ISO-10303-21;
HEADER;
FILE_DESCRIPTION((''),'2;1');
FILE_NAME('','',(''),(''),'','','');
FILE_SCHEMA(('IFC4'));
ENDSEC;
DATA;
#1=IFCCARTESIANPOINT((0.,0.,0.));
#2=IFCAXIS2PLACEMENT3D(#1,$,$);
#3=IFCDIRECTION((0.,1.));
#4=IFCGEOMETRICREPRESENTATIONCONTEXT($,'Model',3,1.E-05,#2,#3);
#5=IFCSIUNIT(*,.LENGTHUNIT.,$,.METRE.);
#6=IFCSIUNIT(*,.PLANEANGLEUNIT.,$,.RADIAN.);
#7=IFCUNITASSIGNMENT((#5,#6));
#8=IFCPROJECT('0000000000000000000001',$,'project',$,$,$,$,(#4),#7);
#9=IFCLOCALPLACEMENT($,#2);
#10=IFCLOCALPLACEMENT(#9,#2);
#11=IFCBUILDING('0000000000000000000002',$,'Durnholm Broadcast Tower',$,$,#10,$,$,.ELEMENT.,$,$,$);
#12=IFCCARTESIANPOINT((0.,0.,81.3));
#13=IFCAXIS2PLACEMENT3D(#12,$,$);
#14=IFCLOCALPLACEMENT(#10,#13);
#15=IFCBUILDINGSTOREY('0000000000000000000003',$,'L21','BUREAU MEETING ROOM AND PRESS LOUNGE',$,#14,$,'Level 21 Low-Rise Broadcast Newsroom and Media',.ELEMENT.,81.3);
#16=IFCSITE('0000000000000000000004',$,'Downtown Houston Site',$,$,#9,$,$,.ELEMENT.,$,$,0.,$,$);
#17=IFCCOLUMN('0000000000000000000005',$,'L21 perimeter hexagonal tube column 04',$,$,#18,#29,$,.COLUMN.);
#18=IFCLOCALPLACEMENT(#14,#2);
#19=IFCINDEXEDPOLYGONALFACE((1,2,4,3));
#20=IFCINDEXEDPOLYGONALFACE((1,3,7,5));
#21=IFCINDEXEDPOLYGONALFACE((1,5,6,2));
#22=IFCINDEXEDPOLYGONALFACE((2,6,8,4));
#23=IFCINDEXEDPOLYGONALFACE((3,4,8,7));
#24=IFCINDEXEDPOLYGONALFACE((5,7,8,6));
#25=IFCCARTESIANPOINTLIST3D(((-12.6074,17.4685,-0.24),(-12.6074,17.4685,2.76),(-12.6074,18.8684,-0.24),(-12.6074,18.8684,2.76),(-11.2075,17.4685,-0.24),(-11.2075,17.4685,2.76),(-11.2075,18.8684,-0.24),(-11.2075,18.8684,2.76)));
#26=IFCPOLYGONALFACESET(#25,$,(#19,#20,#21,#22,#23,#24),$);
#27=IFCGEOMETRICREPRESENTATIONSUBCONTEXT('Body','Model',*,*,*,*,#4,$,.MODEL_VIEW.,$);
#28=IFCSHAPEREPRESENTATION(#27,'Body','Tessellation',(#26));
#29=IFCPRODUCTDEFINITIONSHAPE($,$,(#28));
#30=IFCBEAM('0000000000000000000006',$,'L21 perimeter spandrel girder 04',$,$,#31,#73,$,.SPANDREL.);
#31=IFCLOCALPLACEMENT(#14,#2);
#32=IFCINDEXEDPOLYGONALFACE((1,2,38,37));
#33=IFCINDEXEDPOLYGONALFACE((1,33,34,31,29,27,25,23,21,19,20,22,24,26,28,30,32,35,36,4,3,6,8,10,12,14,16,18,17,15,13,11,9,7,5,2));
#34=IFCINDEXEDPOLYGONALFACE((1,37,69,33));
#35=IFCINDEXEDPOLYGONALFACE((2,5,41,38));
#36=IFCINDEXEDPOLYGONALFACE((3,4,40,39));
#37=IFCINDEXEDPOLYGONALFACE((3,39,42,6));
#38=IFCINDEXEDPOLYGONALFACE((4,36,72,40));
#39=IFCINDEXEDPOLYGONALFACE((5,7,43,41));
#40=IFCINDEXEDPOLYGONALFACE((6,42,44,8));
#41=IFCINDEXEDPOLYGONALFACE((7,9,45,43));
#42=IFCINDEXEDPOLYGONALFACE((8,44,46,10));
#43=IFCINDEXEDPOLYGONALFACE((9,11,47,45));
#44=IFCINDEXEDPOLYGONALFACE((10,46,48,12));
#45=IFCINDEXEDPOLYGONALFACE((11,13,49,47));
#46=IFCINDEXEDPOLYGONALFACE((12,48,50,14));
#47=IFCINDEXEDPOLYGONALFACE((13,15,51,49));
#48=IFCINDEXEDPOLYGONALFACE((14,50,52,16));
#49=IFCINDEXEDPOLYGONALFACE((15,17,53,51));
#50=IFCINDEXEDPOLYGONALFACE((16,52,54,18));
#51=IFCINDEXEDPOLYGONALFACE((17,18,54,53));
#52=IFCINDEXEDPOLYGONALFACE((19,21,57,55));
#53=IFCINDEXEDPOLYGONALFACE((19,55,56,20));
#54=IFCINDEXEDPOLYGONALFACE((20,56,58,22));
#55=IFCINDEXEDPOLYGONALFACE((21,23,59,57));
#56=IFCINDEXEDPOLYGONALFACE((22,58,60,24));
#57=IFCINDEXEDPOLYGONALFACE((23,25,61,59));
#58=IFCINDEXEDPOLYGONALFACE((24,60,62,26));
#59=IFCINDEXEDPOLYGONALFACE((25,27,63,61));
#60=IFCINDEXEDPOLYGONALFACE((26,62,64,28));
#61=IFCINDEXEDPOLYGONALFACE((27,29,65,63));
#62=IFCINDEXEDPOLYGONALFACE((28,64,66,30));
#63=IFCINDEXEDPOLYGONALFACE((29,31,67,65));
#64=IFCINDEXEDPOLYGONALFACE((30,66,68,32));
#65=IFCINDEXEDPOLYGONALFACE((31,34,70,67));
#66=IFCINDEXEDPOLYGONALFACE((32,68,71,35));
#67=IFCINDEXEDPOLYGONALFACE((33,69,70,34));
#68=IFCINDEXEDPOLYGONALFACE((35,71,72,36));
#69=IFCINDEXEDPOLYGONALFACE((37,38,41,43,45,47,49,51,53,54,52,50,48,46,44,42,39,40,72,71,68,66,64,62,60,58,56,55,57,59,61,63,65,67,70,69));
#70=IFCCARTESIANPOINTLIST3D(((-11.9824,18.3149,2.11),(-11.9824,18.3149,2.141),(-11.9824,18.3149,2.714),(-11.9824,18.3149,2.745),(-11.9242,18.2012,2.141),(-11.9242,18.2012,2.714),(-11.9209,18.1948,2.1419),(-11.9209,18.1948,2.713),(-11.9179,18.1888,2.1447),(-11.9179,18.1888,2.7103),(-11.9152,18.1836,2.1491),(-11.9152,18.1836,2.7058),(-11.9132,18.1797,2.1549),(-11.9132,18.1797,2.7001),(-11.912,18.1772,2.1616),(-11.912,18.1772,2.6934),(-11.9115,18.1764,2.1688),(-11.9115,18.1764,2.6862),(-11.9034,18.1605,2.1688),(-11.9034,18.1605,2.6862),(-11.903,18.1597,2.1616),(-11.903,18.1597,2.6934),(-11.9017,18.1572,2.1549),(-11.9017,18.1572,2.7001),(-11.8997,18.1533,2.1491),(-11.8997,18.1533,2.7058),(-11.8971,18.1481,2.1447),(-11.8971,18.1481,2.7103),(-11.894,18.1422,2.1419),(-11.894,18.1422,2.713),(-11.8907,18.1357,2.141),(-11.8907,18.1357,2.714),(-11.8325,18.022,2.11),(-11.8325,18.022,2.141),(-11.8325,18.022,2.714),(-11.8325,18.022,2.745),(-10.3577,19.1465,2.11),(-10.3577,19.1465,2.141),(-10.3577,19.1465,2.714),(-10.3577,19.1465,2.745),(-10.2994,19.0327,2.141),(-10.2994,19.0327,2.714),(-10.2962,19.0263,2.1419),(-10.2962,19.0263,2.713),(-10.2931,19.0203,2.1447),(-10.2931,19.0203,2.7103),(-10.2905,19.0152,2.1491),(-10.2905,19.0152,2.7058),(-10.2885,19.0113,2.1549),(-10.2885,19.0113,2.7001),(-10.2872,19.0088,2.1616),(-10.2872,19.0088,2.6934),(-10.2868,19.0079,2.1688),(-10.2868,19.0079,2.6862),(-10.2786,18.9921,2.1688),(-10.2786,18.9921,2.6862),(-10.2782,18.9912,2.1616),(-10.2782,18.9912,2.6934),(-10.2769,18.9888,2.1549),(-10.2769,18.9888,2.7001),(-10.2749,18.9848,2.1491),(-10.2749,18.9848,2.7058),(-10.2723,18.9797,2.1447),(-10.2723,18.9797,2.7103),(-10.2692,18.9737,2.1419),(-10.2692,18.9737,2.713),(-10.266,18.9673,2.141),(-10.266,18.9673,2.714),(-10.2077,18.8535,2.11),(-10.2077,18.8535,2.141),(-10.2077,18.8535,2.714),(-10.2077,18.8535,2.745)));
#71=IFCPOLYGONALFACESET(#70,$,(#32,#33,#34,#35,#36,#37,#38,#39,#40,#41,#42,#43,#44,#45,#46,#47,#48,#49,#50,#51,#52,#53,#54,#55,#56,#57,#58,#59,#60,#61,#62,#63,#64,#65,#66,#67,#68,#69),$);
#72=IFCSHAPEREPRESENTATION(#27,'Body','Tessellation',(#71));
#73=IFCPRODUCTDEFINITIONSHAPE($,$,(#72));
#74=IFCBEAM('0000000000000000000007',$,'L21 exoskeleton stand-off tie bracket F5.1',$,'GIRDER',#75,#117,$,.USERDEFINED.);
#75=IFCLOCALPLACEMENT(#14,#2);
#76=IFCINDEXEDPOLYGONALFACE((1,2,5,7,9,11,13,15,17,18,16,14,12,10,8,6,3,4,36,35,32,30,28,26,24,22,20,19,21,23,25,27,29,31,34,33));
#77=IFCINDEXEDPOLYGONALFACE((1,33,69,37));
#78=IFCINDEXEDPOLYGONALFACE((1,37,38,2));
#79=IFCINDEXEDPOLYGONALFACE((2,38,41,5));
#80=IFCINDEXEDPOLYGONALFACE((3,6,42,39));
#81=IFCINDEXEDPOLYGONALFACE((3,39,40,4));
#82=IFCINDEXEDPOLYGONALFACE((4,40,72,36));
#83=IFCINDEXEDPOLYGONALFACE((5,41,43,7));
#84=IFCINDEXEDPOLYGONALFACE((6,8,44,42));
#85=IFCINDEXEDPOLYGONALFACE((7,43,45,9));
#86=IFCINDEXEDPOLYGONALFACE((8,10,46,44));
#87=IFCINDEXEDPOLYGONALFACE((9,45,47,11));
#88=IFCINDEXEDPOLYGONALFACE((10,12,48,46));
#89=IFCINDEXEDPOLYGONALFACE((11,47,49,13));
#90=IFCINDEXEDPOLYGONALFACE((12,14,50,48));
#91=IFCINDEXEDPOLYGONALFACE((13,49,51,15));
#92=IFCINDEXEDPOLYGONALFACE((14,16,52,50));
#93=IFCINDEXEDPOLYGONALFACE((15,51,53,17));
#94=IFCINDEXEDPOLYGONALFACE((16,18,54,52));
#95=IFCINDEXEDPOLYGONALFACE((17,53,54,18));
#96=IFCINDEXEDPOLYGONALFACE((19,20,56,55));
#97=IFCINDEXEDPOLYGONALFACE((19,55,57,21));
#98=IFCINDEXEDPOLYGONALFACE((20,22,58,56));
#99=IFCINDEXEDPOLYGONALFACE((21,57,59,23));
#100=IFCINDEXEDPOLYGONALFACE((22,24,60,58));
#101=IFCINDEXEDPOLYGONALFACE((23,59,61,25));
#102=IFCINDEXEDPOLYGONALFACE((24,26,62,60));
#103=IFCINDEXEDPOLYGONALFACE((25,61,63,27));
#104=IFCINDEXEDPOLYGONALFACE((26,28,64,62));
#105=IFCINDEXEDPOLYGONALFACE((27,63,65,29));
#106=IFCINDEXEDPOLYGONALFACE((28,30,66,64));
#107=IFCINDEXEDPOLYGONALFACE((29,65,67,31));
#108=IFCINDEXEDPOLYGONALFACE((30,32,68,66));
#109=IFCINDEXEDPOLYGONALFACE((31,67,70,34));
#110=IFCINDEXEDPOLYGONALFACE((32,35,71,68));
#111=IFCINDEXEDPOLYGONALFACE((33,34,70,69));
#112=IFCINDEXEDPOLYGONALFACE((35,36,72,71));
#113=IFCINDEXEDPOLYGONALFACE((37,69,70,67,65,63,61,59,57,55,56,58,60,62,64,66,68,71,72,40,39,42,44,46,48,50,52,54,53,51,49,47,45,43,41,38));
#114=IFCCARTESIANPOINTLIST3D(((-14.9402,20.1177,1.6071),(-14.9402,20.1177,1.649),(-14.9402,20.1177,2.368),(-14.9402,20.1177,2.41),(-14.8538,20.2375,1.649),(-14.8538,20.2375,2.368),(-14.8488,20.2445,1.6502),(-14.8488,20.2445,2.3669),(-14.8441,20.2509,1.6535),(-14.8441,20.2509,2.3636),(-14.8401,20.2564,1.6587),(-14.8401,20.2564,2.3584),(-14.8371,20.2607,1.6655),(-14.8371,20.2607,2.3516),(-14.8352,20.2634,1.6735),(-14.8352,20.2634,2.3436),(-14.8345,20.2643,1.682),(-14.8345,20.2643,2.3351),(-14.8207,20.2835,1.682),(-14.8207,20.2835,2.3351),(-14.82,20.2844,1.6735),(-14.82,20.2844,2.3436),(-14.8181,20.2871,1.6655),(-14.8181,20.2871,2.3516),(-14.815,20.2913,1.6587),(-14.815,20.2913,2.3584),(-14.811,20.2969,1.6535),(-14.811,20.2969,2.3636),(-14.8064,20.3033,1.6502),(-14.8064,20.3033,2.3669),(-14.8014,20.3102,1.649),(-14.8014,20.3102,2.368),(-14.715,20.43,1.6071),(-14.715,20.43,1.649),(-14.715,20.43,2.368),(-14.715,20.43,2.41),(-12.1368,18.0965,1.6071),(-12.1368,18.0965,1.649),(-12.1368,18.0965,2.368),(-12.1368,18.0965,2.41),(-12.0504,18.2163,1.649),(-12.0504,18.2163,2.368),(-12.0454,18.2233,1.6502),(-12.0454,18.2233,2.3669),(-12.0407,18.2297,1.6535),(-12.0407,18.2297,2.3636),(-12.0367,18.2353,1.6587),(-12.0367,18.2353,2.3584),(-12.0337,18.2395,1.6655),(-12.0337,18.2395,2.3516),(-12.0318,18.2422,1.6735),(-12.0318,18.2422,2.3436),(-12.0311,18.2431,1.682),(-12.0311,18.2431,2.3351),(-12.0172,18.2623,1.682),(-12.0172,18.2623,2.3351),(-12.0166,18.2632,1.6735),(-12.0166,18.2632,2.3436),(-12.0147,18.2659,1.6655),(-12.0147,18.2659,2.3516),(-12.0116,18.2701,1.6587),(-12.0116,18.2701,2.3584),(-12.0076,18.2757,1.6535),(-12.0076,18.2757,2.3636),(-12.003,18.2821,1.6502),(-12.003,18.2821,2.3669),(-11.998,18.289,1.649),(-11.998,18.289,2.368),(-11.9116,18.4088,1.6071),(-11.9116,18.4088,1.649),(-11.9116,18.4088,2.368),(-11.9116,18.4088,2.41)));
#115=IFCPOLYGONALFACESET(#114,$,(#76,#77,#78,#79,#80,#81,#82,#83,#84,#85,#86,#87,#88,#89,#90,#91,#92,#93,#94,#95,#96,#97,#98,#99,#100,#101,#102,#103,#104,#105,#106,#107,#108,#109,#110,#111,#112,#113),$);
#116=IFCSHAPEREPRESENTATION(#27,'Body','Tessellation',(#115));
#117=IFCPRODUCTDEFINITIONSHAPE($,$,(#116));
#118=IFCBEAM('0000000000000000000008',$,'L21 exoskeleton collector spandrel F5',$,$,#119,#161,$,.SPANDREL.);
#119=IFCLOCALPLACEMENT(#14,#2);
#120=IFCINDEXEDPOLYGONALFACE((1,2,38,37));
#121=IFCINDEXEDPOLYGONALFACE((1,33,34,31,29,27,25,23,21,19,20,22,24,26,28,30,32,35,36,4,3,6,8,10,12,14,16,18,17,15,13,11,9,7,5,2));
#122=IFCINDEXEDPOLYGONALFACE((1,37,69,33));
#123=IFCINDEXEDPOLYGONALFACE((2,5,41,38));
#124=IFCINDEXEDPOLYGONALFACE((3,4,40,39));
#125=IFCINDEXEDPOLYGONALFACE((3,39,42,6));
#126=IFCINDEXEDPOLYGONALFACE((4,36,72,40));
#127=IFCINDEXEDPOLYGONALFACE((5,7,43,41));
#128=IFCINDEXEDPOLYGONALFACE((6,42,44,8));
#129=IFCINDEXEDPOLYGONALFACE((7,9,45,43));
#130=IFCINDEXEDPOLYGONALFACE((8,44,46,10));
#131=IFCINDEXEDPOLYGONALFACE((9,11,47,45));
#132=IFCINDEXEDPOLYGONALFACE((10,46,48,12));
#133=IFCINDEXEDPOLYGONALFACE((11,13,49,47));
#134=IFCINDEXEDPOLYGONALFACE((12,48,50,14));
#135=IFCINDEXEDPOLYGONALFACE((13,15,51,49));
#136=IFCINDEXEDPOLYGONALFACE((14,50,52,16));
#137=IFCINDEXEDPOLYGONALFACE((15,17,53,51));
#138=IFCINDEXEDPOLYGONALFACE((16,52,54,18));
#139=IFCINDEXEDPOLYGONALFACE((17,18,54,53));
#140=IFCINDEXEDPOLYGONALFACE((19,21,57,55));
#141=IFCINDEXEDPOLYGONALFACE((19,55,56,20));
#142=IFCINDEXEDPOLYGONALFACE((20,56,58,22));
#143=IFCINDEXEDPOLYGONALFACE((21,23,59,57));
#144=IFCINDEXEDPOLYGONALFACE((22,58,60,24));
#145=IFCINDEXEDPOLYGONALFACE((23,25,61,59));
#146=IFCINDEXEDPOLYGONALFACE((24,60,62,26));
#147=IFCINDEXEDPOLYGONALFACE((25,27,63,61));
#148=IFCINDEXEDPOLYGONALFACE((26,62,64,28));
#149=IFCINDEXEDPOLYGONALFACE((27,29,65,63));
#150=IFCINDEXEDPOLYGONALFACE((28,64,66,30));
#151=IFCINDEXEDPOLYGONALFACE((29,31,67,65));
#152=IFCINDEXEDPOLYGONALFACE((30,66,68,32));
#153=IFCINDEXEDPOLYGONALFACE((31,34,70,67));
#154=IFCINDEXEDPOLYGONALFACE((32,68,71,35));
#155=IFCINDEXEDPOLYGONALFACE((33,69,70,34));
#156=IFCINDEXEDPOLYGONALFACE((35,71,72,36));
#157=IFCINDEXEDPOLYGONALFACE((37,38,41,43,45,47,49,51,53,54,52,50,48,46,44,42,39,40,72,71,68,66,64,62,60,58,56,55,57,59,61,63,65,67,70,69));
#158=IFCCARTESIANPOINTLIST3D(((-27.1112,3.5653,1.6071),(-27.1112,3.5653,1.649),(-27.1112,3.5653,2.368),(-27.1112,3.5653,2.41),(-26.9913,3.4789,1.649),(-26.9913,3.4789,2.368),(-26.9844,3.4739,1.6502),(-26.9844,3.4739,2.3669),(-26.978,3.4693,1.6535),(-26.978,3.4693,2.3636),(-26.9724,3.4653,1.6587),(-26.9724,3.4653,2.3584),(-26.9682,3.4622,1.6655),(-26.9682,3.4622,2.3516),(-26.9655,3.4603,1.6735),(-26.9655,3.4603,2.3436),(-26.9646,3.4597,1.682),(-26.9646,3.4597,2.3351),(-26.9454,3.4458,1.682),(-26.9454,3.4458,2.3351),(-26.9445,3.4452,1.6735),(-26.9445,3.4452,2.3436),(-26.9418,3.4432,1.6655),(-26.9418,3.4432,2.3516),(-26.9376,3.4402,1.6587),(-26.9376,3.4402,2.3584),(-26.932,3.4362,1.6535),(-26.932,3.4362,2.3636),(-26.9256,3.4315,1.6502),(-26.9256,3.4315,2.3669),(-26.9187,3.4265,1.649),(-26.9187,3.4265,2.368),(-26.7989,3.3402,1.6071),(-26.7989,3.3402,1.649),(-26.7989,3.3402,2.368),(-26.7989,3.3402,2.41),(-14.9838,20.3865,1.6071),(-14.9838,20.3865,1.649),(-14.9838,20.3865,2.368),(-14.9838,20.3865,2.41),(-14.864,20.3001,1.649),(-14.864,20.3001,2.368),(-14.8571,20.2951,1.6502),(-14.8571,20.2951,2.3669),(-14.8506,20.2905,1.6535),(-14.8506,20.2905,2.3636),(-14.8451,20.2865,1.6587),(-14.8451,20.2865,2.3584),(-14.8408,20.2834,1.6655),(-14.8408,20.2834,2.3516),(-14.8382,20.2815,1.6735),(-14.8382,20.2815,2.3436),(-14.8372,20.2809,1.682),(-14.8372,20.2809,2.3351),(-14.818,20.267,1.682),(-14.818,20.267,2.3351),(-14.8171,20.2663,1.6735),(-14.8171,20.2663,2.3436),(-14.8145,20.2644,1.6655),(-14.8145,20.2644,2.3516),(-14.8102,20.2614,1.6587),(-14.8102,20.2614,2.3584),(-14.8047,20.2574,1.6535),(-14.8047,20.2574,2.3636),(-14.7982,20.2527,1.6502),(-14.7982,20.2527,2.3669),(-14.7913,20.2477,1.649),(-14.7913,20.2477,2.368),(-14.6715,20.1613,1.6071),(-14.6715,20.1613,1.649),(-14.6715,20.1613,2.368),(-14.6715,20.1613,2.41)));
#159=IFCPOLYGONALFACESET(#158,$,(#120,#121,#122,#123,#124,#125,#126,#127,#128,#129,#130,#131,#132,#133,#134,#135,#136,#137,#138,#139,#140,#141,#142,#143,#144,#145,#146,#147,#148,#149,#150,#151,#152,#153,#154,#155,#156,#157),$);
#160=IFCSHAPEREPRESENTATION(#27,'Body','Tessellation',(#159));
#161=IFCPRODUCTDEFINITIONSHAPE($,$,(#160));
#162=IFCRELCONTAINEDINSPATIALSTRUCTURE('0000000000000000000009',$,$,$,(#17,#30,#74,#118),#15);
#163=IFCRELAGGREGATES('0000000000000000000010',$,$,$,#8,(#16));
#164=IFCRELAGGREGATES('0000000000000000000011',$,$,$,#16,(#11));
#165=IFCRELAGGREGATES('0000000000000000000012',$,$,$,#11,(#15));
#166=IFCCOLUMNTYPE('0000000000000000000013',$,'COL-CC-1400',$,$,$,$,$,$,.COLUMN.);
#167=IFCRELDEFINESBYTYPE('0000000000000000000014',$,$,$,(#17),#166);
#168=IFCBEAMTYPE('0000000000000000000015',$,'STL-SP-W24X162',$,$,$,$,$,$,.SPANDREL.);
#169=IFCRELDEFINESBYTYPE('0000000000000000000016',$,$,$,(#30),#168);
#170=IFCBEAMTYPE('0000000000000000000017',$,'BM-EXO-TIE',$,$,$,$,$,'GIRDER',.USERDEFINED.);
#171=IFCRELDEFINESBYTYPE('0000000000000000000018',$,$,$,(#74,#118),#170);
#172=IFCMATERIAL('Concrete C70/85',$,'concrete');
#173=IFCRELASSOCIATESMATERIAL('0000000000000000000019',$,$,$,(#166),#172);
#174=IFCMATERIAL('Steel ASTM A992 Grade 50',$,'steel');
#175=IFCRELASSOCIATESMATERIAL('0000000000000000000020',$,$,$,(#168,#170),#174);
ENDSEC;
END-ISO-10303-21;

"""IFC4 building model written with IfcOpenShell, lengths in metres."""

from ifc_helpers import new_model, si_unit, direction, frame, origin, origin_2d, place, context, subcontext, project, spatial, rectangle, i_section, extrude, source, transform, mapped, material, material_profile, profile_set, type_object, type_shapes, element, save


model = new_model("IFC4")

# Units and contexts
model_context = context("Model", 3, precision=1e-05, world=origin(), true_north=direction((0.0, 1.0)))
body_context = subcontext(model_context, "Body", "Model", "MODEL_VIEW")
ifc_project = project(units=[si_unit("LENGTHUNIT", "METRE"), si_unit("PLANEANGLEUNIT", "RADIAN")], contexts=[model_context])

# Site, building, storey
site_placement = place(None, origin())
site = spatial("IfcSite", under=ifc_project, at=site_placement, Name="Downtown Houston Site", CompositionType="ELEMENT", RefElevation=0.0)
building_placement = place(site_placement, origin())
building = spatial("IfcBuilding", under=site, at=building_placement, Name="Durnholm Broadcast Tower", CompositionType="ELEMENT")
storey_placement = place(building_placement, frame((0.0, 0.0, 81.3)))
storey = spatial("IfcBuildingStorey", under=building, at=storey_placement, Name="L21", Description="BUREAU MEETING ROOM AND PRESS LOUNGE", LongName="Level 21 Low-Rise Broadcast Newsroom and Media", CompositionType="ELEMENT", Elevation=81.3)

# Column
ifc_material_1 = material(Name="Concrete C70/85", Category="concrete")
ifc_material_profile_1 = material_profile(ifc_material_1, rectangle(XDim=1.3999, YDim=1.3999, at=origin_2d()), Name="RC1400X1400")
ifc_profile_set_1 = profile_set([ifc_material_profile_1], Name="Concrete C70/85")
column_type = type_object("IfcColumnType", Name="COL-CC-1400", PredefinedType="COLUMN", material=ifc_profile_set_1)
shared_shape_1 = source(origin(), body_context, "Body", "SweptSolid", [
    extrude(rectangle(XDim=1.3999, YDim=1.3999, at=origin_2d()), origin(), (0.0, 0.0, 1.0), 3.0),
])
type_shapes(column_type, [shared_shape_1])
column_placement = place(storey_placement, frame((-11.9075, 18.1685, -0.24), z_axis=(0.0, 0.0, 1.0), x_axis=(1.0, 0.0, 0.0)))
element("IfcColumn", 1, at=column_placement, inside=storey, type_object=column_type, Name="L21 perimeter hexagonal tube column 04", PredefinedType="COLUMN", context=body_context, shape_type="MappedRepresentation", body=[
    mapped(shared_shape_1, transform((0.0, 0.0, 0.0), x_axis=(1.0, 0.0, 0.0), y_axis=(0.0, 1.0, 0.0), z_axis=(0.0, 0.0, 1.0), scale=1.0)),
])

# Beams
ifc_material_2 = material(Name="Steel ASTM A992 Grade 50", Category="steel")
ifc_material_profile_2 = material_profile(ifc_material_2, i_section(OverallWidth=0.3291, OverallDepth=0.635, WebThickness=0.0178, FlangeThickness=0.031, FilletRadius=0.0278, at=origin_2d()), Name="W24X162")
ifc_profile_set_2 = profile_set([ifc_material_profile_2], Name="Steel ASTM A992 Grade 50")
beam_type_1 = type_object("IfcBeamType", Name="STL-SP-W24X162", PredefinedType="SPANDREL", material=ifc_profile_set_2)
shared_shape_2 = source(origin(), body_context, "Body", "SweptSolid", [
    extrude(i_section(OverallWidth=0.3291, OverallDepth=0.635, WebThickness=0.0178, FlangeThickness=0.031, FilletRadius=0.0278, at=origin_2d()), origin(), (0.0, 0.0, 1.0), 1.8252),
])
type_shapes(beam_type_1, [shared_shape_2])
beam_1_placement = place(storey_placement, frame((-11.9075, 18.1685, 2.4275), z_axis=(0.890188, 0.455594, 0.0), x_axis=(-0.455594, 0.890188, 0.0)))
element("IfcBeam", 2, at=beam_1_placement, inside=storey, type_object=beam_type_1, Name="L21 perimeter spandrel girder 04", PredefinedType="SPANDREL", context=body_context, shape_type="MappedRepresentation", body=[
    mapped(shared_shape_2, transform((0.0, 0.0, 0.0), x_axis=(1.0, 0.0, 0.0), y_axis=(0.0, 1.0, 0.0), z_axis=(0.0, 0.0, 1.0), scale=1.0)),
])
ifc_material_profile_3 = material_profile(ifc_material_2, i_section(OverallWidth=0.385, OverallDepth=0.803, WebThickness=0.0237, FlangeThickness=0.042, FilletRadius=0.033, at=origin_2d()), Name="W30X261")
ifc_profile_set_3 = profile_set([ifc_material_profile_3], Name="Steel ASTM A992 Grade 50")
beam_type_2 = type_object("IfcBeamType", Name="BM-EXO-TIE", ElementType="GIRDER", PredefinedType="USERDEFINED", material=ifc_profile_set_3)
shared_shape_3 = source(origin(), body_context, "Body", "SweptSolid", [
    extrude(i_section(OverallWidth=0.385, OverallDepth=0.803, WebThickness=0.0237, FlangeThickness=0.042, FilletRadius=0.033, at=origin_2d()), origin(), (0.0, 0.0, 1.0), 3.4561),
])
beam_2_placement = place(storey_placement, frame((-12.0242, 18.2527, 2.0085), z_axis=(-0.811158, 0.584828, 0.0), x_axis=(-0.584828, -0.811158, 0.0)))
element("IfcBeam", 3, at=beam_2_placement, inside=storey, type_object=beam_type_2, Name="L21 exoskeleton stand-off tie bracket F5.1", ObjectType="GIRDER", PredefinedType="USERDEFINED", context=body_context, shape_type="MappedRepresentation", body=[
    mapped(shared_shape_3, transform((0.0, 0.0, 0.0), x_axis=(1.0, 0.0, 0.0), y_axis=(0.0, 1.0, 0.0), z_axis=(0.0, 0.0, 1.0), scale=1.0)),
])
shared_shape_4 = source(origin(), body_context, "Body", "SweptSolid", [
    extrude(i_section(OverallWidth=0.385, OverallDepth=0.803, WebThickness=0.0237, FlangeThickness=0.042, FilletRadius=0.033, at=origin_2d()), origin(), (0.0, 0.0, 1.0), 20.7371),
])
type_shapes(beam_type_2, [shared_shape_3, shared_shape_4])
beam_3_placement = place(storey_placement, frame((-14.8276, 20.2739, 2.0085), z_axis=(-0.584816, -0.811166, 0.0), x_axis=(0.811166, -0.584816, 0.0)))
element("IfcBeam", 4, at=beam_3_placement, inside=storey, type_object=beam_type_2, Name="L21 exoskeleton collector spandrel F5", PredefinedType="SPANDREL", context=body_context, shape_type="MappedRepresentation", body=[
    mapped(shared_shape_4, transform((0.0, 0.0, 0.0), x_axis=(1.0, 0.0, 0.0), y_axis=(0.0, 1.0, 0.0), z_axis=(0.0, 0.0, 1.0), scale=1.0)),
])

save(model, "model.ifc")
